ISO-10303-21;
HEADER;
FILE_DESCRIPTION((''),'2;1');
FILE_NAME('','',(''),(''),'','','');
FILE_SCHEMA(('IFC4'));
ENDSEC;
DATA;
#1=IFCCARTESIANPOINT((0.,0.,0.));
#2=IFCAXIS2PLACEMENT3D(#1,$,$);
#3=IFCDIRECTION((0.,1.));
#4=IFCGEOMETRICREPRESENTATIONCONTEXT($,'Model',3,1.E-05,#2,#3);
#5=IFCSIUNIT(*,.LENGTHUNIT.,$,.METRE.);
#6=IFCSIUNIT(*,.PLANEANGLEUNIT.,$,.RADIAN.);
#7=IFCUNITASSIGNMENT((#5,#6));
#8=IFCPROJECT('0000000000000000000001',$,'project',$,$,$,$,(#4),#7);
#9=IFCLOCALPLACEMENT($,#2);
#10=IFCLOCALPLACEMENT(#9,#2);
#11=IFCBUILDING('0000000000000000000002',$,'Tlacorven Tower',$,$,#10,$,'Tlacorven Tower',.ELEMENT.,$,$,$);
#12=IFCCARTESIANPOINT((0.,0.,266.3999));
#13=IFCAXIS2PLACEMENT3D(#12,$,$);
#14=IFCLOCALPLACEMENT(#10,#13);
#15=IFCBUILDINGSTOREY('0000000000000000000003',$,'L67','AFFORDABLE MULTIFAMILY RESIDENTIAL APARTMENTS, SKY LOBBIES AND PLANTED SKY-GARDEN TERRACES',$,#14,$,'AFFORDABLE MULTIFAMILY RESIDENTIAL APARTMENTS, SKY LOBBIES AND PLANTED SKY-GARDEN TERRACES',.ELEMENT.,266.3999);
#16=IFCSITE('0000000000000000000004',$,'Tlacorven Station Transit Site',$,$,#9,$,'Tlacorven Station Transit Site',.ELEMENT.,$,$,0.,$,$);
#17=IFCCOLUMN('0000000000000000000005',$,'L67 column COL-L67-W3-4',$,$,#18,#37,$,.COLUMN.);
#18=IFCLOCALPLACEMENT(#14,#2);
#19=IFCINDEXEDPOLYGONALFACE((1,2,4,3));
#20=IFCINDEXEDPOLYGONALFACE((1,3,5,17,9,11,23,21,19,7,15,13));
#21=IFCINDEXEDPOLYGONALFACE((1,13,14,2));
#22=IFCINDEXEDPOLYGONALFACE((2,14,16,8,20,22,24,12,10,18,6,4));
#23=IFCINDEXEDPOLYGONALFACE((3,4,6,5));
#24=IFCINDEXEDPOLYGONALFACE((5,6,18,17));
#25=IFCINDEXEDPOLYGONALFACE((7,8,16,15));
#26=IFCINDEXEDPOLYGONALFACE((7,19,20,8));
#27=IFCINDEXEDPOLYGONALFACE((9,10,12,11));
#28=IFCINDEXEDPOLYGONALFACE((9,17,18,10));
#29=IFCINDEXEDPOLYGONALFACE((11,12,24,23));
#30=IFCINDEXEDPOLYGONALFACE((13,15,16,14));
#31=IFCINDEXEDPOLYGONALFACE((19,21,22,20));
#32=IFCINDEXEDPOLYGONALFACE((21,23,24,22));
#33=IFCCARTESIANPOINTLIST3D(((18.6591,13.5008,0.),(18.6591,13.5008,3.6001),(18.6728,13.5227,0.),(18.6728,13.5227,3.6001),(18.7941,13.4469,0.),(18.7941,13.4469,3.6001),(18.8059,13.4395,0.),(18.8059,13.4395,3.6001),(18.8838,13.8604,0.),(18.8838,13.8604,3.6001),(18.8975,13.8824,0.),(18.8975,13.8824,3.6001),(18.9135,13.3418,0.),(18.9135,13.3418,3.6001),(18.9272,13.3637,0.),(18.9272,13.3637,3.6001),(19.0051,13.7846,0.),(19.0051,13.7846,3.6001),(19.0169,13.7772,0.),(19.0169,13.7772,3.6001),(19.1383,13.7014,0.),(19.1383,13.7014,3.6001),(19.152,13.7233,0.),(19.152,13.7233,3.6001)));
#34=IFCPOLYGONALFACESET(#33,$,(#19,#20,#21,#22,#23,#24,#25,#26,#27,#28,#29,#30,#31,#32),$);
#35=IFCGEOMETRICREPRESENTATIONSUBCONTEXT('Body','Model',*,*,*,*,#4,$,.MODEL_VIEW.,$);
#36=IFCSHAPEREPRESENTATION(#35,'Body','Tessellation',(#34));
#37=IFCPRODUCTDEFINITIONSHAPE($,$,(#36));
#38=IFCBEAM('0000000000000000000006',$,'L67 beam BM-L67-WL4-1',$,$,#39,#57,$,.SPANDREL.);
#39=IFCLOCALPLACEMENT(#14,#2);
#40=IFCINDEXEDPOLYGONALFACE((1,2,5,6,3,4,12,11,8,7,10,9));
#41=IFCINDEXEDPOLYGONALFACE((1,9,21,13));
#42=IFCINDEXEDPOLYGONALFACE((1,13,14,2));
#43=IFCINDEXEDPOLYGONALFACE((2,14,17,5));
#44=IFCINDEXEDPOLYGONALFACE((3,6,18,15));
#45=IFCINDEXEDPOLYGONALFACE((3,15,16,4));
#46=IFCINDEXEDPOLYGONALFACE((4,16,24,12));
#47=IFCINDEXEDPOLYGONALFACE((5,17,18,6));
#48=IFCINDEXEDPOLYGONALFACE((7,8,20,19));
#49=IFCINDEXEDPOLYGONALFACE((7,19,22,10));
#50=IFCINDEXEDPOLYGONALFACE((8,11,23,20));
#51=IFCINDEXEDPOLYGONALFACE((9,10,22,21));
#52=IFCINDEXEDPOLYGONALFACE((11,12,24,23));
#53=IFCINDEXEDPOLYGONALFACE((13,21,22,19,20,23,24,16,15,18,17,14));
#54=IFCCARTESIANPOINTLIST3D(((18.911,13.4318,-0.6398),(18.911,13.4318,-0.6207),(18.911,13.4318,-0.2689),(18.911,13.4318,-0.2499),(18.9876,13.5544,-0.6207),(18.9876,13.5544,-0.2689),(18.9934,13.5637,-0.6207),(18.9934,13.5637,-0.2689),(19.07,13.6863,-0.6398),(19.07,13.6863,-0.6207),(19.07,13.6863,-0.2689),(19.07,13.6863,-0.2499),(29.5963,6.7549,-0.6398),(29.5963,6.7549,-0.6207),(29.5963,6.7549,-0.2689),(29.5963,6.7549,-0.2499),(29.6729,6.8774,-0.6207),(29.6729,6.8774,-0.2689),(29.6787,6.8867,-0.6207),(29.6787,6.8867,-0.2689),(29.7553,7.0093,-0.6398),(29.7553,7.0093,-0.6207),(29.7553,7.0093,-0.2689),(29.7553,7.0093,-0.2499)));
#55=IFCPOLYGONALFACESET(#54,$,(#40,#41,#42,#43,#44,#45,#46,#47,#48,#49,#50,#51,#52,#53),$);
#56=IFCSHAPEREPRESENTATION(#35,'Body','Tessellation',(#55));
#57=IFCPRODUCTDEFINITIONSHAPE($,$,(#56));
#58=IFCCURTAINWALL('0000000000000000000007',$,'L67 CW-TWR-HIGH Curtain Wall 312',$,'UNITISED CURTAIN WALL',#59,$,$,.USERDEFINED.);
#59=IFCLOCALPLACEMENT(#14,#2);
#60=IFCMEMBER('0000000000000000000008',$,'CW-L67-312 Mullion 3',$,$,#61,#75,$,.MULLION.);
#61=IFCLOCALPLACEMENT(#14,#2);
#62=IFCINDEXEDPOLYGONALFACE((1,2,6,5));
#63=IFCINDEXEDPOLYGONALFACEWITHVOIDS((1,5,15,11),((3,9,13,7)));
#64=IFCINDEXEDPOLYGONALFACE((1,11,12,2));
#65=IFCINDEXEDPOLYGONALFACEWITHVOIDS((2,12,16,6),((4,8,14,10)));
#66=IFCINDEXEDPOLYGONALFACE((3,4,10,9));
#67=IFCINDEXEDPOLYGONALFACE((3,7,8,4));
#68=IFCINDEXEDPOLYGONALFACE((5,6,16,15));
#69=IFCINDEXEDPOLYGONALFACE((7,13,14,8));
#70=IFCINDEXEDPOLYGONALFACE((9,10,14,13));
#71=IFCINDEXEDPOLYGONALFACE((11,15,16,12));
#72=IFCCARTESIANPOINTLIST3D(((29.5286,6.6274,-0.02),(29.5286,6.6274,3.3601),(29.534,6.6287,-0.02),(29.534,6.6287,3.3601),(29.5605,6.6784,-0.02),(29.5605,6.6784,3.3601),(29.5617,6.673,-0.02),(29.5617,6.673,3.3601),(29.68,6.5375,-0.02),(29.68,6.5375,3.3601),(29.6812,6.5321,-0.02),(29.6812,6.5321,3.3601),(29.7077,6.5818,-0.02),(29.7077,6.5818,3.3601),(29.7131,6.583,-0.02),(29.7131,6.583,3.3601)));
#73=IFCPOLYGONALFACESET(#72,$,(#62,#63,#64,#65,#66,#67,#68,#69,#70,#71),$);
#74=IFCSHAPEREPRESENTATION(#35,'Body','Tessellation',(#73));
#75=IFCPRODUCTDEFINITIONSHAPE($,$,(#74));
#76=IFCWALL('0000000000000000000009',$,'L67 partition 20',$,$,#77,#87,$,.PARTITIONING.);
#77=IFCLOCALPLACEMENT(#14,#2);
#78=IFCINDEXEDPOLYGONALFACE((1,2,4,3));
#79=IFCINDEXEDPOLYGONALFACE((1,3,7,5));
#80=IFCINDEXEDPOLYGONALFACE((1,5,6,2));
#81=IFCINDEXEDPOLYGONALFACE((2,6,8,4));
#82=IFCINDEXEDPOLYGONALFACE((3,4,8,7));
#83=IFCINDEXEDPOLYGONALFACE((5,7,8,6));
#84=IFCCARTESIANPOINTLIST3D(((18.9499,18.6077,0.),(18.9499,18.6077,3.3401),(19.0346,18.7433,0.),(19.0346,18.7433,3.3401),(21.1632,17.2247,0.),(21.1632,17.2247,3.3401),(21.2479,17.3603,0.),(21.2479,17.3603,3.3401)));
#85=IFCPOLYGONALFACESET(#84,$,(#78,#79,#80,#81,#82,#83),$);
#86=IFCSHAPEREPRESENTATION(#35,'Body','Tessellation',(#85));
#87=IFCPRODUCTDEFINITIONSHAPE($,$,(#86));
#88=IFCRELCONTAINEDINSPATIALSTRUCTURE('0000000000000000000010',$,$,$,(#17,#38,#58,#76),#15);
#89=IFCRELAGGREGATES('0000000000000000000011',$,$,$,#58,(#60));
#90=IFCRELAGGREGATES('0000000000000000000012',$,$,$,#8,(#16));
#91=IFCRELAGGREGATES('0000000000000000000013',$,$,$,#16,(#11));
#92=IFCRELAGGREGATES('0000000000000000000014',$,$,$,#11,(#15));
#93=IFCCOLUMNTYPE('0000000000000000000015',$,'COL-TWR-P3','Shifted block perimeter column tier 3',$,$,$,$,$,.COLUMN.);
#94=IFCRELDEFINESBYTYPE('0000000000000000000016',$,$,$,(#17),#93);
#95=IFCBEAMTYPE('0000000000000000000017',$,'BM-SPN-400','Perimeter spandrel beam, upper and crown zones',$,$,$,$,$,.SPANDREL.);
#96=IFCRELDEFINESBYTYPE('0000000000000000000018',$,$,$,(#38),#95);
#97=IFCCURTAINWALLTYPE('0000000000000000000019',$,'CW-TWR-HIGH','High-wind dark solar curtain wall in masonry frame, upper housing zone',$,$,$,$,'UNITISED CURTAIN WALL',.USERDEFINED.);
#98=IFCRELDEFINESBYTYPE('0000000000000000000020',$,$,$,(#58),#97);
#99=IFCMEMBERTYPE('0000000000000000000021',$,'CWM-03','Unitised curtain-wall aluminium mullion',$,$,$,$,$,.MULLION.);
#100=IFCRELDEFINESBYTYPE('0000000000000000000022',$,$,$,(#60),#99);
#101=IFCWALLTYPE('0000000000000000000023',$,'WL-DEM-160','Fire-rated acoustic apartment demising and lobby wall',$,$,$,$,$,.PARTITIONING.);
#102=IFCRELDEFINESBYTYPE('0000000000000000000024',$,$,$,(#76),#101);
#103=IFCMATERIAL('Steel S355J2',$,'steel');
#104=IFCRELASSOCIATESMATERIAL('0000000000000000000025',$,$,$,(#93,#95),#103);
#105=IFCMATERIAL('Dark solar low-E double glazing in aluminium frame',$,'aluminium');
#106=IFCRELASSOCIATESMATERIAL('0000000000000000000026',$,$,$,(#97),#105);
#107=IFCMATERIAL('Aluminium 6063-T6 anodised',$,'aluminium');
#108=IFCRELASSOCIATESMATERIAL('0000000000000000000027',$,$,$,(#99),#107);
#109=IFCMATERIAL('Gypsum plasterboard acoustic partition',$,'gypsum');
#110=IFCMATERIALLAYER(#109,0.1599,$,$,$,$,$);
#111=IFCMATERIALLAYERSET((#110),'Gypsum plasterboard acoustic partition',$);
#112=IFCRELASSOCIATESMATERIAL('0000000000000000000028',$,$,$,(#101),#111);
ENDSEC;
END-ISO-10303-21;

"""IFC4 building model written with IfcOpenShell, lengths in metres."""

from ifc_helpers import new_model, si_unit, direction, frame, frame_2d, origin, origin_2d, place, context, subcontext, project, spatial, rectangle, hollow_rectangle, i_section, extrude, source, transform, mapped, material, layer, layer_set, material_profile, profile_set, type_object, element, aggregate, save


model = new_model("IFC4")

# Units and contexts
model_context = context("Model", 3, precision=1e-05, world=origin(), true_north=direction((0.0, 1.0)))
body_context = subcontext(model_context, "Body", "Model", "MODEL_VIEW")
ifc_project = project(units=[si_unit("LENGTHUNIT", "METRE"), si_unit("PLANEANGLEUNIT", "RADIAN")], contexts=[model_context])

# Site, building, storey
site_placement = place(None, origin())
site = spatial("IfcSite", under=ifc_project, at=site_placement, Name="Tlacorven Station Transit Site", LongName="Tlacorven Station Transit Site", CompositionType="ELEMENT", RefElevation=0.0)
building_placement = place(site_placement, origin())
building = spatial("IfcBuilding", under=site, at=building_placement, Name="Tlacorven Tower", LongName="Tlacorven Tower", CompositionType="ELEMENT")
storey_placement = place(building_placement, frame((0.0, 0.0, 266.3999)))
storey = spatial("IfcBuildingStorey", under=building, at=storey_placement, Name="L67", Description="AFFORDABLE MULTIFAMILY RESIDENTIAL APARTMENTS, SKY LOBBIES AND PLANTED SKY-GARDEN TERRACES", LongName="AFFORDABLE MULTIFAMILY RESIDENTIAL APARTMENTS, SKY LOBBIES AND PLANTED SKY-GARDEN TERRACES", CompositionType="ELEMENT", Elevation=266.3999)

# Column
ifc_material_1 = material(Name="Steel S355J2", Category="steel")
ifc_material_profile_1 = material_profile(ifc_material_1, i_section(OverallWidth=0.3, OverallDepth=0.45, WebThickness=0.0139, FlangeThickness=0.0259, at=origin_2d()), Name="HEB 450")
ifc_profile_set_1 = profile_set([ifc_material_profile_1], Name="Steel S355J2")
column_type = type_object("IfcColumnType", Name="COL-TWR-P3", Description="Shifted block perimeter column tier 3", PredefinedType="COLUMN", material=ifc_profile_set_1)
shared_shape_1 = source(origin(), body_context, "Body", "SweptSolid", [
    extrude(i_section(OverallWidth=0.3, OverallDepth=0.45, WebThickness=0.0139, FlangeThickness=0.0259, at=origin_2d()), origin(), (0.0, 0.0, 1.0), 3.6001),
])
column_placement = place(storey_placement, frame((18.9055, 13.6121, 0.0), z_axis=(0.0, 0.0, 1.0), x_axis=(-0.848048, 0.529919, 0.0)))
element("IfcColumn", 1, at=column_placement, inside=storey, type_object=column_type, Name="L67 column COL-L67-W3-4", PredefinedType="COLUMN", context=body_context, shape_type="MappedRepresentation", body=[
    mapped(shared_shape_1, transform((0.0, 0.0, 0.0), scale=1.0)),
])

# Beam
ifc_material_profile_2 = material_profile(ifc_material_1, i_section(OverallWidth=0.3, OverallDepth=0.3899, WebThickness=0.011, FlangeThickness=0.019, at=origin_2d()), Name="HEA 400")
ifc_profile_set_2 = profile_set([ifc_material_profile_2], Name="Steel S355J2")
beam_type = type_object("IfcBeamType", Name="BM-SPN-400", Description="Perimeter spandrel beam, upper and crown zones", PredefinedType="SPANDREL", material=ifc_profile_set_2)
shared_shape_2 = source(origin(), body_context, "Body", "SweptSolid", [
    extrude(i_section(OverallWidth=0.3, OverallDepth=0.3899, WebThickness=0.011, FlangeThickness=0.019, at=origin_2d()), origin(), (0.0, 0.0, 1.0), 12.5999),
])
beam_placement = place(storey_placement, frame((29.6758, 6.8821, -0.4448), z_axis=(-0.848045, 0.529924, 0.0), x_axis=(-0.529924, -0.848045, 0.0)))
element("IfcBeam", 2, at=beam_placement, inside=storey, type_object=beam_type, Name="L67 beam BM-L67-WL4-1", PredefinedType="SPANDREL", context=body_context, shape_type="MappedRepresentation", body=[
    mapped(shared_shape_2, transform((0.0, 0.0, 0.0), scale=1.0)),
])

# Curtain wall, member
ifc_material_2 = material(Name="Dark solar low-E double glazing in aluminium frame", Category="aluminium")
curtain_wall_type = type_object("IfcCurtainWallType", Name="CW-TWR-HIGH", Description="High-wind dark solar curtain wall in masonry frame, upper housing zone", ElementType="UNITISED CURTAIN WALL", PredefinedType="USERDEFINED", material=ifc_material_2)
curtain_wall_placement = place(storey_placement, origin())
curtain_wall = element("IfcCurtainWall", 3, at=curtain_wall_placement, inside=storey, type_object=curtain_wall_type, Name="L67 CW-TWR-HIGH Curtain Wall 312", ObjectType="UNITISED CURTAIN WALL", PredefinedType="USERDEFINED")
ifc_material_3 = material(Name="Aluminium 6063-T6 anodised", Category="aluminium")
ifc_material_profile_3 = material_profile(ifc_material_3, hollow_rectangle(XDim=0.0601, YDim=0.1799, WallThickness=0.0039, at=origin_2d()), Name="ALU MULLION 60X180")
ifc_profile_set_3 = profile_set([ifc_material_profile_3], Name="Aluminium 6063-T6 anodised")
member_type = type_object("IfcMemberType", Name="CWM-03", Description="Unitised curtain-wall aluminium mullion", PredefinedType="MULLION", material=ifc_profile_set_3)
shared_shape_3 = source(origin(), body_context, "Body", "SweptSolid", [
    extrude(hollow_rectangle(XDim=0.0601, YDim=0.1799, WallThickness=0.0039, at=origin_2d()), origin(), (0.0, 0.0, 1.0), 3.3801),
])
member_placement = place(storey_placement, frame((29.6208, 6.6052, -0.02), z_axis=(0.0, 0.0, 1.0), x_axis=(-0.529919, -0.848048, 0.0)))
member = element("IfcMember", 4, at=member_placement, type_object=member_type, Name="CW-L67-312 Mullion 3", PredefinedType="MULLION", context=body_context, shape_type="MappedRepresentation", body=[
    mapped(shared_shape_3, transform((0.0, 0.0, 0.0), scale=1.0)),
])
aggregate(curtain_wall, [member])

# Wall
ifc_material_4 = material(Name="Gypsum plasterboard acoustic partition", Category="gypsum")
ifc_layer_1 = layer(ifc_material_4, 0.1599)
ifc_layer_set_1 = layer_set([ifc_layer_1], Name="Gypsum plasterboard acoustic partition")
wall_type_1 = type_object("IfcWallType", Name="WL-DEM-160", Description="Fire-rated acoustic apartment demising and lobby wall", PredefinedType="PARTITIONING", material=ifc_layer_set_1)
wall_1_placement = place(storey_placement, frame((21.2056, 17.2925, 0.0), z_axis=(0.0, 0.0, 1.0), x_axis=(-0.848051, 0.529915, 0.0)))
element("IfcWall", 5, at=wall_1_placement, inside=storey, type_object=wall_type_1, Name="L67 partition 20", PredefinedType="PARTITIONING", context=body_context, shape_type="SweptSolid", body=[
    extrude(rectangle(XDim=2.6099, YDim=0.1599, at=frame_2d((1.3049, 0.0))), origin(), (0.0, 0.0, 1.0), 3.3401),
])

save(model, "model.ifc")
